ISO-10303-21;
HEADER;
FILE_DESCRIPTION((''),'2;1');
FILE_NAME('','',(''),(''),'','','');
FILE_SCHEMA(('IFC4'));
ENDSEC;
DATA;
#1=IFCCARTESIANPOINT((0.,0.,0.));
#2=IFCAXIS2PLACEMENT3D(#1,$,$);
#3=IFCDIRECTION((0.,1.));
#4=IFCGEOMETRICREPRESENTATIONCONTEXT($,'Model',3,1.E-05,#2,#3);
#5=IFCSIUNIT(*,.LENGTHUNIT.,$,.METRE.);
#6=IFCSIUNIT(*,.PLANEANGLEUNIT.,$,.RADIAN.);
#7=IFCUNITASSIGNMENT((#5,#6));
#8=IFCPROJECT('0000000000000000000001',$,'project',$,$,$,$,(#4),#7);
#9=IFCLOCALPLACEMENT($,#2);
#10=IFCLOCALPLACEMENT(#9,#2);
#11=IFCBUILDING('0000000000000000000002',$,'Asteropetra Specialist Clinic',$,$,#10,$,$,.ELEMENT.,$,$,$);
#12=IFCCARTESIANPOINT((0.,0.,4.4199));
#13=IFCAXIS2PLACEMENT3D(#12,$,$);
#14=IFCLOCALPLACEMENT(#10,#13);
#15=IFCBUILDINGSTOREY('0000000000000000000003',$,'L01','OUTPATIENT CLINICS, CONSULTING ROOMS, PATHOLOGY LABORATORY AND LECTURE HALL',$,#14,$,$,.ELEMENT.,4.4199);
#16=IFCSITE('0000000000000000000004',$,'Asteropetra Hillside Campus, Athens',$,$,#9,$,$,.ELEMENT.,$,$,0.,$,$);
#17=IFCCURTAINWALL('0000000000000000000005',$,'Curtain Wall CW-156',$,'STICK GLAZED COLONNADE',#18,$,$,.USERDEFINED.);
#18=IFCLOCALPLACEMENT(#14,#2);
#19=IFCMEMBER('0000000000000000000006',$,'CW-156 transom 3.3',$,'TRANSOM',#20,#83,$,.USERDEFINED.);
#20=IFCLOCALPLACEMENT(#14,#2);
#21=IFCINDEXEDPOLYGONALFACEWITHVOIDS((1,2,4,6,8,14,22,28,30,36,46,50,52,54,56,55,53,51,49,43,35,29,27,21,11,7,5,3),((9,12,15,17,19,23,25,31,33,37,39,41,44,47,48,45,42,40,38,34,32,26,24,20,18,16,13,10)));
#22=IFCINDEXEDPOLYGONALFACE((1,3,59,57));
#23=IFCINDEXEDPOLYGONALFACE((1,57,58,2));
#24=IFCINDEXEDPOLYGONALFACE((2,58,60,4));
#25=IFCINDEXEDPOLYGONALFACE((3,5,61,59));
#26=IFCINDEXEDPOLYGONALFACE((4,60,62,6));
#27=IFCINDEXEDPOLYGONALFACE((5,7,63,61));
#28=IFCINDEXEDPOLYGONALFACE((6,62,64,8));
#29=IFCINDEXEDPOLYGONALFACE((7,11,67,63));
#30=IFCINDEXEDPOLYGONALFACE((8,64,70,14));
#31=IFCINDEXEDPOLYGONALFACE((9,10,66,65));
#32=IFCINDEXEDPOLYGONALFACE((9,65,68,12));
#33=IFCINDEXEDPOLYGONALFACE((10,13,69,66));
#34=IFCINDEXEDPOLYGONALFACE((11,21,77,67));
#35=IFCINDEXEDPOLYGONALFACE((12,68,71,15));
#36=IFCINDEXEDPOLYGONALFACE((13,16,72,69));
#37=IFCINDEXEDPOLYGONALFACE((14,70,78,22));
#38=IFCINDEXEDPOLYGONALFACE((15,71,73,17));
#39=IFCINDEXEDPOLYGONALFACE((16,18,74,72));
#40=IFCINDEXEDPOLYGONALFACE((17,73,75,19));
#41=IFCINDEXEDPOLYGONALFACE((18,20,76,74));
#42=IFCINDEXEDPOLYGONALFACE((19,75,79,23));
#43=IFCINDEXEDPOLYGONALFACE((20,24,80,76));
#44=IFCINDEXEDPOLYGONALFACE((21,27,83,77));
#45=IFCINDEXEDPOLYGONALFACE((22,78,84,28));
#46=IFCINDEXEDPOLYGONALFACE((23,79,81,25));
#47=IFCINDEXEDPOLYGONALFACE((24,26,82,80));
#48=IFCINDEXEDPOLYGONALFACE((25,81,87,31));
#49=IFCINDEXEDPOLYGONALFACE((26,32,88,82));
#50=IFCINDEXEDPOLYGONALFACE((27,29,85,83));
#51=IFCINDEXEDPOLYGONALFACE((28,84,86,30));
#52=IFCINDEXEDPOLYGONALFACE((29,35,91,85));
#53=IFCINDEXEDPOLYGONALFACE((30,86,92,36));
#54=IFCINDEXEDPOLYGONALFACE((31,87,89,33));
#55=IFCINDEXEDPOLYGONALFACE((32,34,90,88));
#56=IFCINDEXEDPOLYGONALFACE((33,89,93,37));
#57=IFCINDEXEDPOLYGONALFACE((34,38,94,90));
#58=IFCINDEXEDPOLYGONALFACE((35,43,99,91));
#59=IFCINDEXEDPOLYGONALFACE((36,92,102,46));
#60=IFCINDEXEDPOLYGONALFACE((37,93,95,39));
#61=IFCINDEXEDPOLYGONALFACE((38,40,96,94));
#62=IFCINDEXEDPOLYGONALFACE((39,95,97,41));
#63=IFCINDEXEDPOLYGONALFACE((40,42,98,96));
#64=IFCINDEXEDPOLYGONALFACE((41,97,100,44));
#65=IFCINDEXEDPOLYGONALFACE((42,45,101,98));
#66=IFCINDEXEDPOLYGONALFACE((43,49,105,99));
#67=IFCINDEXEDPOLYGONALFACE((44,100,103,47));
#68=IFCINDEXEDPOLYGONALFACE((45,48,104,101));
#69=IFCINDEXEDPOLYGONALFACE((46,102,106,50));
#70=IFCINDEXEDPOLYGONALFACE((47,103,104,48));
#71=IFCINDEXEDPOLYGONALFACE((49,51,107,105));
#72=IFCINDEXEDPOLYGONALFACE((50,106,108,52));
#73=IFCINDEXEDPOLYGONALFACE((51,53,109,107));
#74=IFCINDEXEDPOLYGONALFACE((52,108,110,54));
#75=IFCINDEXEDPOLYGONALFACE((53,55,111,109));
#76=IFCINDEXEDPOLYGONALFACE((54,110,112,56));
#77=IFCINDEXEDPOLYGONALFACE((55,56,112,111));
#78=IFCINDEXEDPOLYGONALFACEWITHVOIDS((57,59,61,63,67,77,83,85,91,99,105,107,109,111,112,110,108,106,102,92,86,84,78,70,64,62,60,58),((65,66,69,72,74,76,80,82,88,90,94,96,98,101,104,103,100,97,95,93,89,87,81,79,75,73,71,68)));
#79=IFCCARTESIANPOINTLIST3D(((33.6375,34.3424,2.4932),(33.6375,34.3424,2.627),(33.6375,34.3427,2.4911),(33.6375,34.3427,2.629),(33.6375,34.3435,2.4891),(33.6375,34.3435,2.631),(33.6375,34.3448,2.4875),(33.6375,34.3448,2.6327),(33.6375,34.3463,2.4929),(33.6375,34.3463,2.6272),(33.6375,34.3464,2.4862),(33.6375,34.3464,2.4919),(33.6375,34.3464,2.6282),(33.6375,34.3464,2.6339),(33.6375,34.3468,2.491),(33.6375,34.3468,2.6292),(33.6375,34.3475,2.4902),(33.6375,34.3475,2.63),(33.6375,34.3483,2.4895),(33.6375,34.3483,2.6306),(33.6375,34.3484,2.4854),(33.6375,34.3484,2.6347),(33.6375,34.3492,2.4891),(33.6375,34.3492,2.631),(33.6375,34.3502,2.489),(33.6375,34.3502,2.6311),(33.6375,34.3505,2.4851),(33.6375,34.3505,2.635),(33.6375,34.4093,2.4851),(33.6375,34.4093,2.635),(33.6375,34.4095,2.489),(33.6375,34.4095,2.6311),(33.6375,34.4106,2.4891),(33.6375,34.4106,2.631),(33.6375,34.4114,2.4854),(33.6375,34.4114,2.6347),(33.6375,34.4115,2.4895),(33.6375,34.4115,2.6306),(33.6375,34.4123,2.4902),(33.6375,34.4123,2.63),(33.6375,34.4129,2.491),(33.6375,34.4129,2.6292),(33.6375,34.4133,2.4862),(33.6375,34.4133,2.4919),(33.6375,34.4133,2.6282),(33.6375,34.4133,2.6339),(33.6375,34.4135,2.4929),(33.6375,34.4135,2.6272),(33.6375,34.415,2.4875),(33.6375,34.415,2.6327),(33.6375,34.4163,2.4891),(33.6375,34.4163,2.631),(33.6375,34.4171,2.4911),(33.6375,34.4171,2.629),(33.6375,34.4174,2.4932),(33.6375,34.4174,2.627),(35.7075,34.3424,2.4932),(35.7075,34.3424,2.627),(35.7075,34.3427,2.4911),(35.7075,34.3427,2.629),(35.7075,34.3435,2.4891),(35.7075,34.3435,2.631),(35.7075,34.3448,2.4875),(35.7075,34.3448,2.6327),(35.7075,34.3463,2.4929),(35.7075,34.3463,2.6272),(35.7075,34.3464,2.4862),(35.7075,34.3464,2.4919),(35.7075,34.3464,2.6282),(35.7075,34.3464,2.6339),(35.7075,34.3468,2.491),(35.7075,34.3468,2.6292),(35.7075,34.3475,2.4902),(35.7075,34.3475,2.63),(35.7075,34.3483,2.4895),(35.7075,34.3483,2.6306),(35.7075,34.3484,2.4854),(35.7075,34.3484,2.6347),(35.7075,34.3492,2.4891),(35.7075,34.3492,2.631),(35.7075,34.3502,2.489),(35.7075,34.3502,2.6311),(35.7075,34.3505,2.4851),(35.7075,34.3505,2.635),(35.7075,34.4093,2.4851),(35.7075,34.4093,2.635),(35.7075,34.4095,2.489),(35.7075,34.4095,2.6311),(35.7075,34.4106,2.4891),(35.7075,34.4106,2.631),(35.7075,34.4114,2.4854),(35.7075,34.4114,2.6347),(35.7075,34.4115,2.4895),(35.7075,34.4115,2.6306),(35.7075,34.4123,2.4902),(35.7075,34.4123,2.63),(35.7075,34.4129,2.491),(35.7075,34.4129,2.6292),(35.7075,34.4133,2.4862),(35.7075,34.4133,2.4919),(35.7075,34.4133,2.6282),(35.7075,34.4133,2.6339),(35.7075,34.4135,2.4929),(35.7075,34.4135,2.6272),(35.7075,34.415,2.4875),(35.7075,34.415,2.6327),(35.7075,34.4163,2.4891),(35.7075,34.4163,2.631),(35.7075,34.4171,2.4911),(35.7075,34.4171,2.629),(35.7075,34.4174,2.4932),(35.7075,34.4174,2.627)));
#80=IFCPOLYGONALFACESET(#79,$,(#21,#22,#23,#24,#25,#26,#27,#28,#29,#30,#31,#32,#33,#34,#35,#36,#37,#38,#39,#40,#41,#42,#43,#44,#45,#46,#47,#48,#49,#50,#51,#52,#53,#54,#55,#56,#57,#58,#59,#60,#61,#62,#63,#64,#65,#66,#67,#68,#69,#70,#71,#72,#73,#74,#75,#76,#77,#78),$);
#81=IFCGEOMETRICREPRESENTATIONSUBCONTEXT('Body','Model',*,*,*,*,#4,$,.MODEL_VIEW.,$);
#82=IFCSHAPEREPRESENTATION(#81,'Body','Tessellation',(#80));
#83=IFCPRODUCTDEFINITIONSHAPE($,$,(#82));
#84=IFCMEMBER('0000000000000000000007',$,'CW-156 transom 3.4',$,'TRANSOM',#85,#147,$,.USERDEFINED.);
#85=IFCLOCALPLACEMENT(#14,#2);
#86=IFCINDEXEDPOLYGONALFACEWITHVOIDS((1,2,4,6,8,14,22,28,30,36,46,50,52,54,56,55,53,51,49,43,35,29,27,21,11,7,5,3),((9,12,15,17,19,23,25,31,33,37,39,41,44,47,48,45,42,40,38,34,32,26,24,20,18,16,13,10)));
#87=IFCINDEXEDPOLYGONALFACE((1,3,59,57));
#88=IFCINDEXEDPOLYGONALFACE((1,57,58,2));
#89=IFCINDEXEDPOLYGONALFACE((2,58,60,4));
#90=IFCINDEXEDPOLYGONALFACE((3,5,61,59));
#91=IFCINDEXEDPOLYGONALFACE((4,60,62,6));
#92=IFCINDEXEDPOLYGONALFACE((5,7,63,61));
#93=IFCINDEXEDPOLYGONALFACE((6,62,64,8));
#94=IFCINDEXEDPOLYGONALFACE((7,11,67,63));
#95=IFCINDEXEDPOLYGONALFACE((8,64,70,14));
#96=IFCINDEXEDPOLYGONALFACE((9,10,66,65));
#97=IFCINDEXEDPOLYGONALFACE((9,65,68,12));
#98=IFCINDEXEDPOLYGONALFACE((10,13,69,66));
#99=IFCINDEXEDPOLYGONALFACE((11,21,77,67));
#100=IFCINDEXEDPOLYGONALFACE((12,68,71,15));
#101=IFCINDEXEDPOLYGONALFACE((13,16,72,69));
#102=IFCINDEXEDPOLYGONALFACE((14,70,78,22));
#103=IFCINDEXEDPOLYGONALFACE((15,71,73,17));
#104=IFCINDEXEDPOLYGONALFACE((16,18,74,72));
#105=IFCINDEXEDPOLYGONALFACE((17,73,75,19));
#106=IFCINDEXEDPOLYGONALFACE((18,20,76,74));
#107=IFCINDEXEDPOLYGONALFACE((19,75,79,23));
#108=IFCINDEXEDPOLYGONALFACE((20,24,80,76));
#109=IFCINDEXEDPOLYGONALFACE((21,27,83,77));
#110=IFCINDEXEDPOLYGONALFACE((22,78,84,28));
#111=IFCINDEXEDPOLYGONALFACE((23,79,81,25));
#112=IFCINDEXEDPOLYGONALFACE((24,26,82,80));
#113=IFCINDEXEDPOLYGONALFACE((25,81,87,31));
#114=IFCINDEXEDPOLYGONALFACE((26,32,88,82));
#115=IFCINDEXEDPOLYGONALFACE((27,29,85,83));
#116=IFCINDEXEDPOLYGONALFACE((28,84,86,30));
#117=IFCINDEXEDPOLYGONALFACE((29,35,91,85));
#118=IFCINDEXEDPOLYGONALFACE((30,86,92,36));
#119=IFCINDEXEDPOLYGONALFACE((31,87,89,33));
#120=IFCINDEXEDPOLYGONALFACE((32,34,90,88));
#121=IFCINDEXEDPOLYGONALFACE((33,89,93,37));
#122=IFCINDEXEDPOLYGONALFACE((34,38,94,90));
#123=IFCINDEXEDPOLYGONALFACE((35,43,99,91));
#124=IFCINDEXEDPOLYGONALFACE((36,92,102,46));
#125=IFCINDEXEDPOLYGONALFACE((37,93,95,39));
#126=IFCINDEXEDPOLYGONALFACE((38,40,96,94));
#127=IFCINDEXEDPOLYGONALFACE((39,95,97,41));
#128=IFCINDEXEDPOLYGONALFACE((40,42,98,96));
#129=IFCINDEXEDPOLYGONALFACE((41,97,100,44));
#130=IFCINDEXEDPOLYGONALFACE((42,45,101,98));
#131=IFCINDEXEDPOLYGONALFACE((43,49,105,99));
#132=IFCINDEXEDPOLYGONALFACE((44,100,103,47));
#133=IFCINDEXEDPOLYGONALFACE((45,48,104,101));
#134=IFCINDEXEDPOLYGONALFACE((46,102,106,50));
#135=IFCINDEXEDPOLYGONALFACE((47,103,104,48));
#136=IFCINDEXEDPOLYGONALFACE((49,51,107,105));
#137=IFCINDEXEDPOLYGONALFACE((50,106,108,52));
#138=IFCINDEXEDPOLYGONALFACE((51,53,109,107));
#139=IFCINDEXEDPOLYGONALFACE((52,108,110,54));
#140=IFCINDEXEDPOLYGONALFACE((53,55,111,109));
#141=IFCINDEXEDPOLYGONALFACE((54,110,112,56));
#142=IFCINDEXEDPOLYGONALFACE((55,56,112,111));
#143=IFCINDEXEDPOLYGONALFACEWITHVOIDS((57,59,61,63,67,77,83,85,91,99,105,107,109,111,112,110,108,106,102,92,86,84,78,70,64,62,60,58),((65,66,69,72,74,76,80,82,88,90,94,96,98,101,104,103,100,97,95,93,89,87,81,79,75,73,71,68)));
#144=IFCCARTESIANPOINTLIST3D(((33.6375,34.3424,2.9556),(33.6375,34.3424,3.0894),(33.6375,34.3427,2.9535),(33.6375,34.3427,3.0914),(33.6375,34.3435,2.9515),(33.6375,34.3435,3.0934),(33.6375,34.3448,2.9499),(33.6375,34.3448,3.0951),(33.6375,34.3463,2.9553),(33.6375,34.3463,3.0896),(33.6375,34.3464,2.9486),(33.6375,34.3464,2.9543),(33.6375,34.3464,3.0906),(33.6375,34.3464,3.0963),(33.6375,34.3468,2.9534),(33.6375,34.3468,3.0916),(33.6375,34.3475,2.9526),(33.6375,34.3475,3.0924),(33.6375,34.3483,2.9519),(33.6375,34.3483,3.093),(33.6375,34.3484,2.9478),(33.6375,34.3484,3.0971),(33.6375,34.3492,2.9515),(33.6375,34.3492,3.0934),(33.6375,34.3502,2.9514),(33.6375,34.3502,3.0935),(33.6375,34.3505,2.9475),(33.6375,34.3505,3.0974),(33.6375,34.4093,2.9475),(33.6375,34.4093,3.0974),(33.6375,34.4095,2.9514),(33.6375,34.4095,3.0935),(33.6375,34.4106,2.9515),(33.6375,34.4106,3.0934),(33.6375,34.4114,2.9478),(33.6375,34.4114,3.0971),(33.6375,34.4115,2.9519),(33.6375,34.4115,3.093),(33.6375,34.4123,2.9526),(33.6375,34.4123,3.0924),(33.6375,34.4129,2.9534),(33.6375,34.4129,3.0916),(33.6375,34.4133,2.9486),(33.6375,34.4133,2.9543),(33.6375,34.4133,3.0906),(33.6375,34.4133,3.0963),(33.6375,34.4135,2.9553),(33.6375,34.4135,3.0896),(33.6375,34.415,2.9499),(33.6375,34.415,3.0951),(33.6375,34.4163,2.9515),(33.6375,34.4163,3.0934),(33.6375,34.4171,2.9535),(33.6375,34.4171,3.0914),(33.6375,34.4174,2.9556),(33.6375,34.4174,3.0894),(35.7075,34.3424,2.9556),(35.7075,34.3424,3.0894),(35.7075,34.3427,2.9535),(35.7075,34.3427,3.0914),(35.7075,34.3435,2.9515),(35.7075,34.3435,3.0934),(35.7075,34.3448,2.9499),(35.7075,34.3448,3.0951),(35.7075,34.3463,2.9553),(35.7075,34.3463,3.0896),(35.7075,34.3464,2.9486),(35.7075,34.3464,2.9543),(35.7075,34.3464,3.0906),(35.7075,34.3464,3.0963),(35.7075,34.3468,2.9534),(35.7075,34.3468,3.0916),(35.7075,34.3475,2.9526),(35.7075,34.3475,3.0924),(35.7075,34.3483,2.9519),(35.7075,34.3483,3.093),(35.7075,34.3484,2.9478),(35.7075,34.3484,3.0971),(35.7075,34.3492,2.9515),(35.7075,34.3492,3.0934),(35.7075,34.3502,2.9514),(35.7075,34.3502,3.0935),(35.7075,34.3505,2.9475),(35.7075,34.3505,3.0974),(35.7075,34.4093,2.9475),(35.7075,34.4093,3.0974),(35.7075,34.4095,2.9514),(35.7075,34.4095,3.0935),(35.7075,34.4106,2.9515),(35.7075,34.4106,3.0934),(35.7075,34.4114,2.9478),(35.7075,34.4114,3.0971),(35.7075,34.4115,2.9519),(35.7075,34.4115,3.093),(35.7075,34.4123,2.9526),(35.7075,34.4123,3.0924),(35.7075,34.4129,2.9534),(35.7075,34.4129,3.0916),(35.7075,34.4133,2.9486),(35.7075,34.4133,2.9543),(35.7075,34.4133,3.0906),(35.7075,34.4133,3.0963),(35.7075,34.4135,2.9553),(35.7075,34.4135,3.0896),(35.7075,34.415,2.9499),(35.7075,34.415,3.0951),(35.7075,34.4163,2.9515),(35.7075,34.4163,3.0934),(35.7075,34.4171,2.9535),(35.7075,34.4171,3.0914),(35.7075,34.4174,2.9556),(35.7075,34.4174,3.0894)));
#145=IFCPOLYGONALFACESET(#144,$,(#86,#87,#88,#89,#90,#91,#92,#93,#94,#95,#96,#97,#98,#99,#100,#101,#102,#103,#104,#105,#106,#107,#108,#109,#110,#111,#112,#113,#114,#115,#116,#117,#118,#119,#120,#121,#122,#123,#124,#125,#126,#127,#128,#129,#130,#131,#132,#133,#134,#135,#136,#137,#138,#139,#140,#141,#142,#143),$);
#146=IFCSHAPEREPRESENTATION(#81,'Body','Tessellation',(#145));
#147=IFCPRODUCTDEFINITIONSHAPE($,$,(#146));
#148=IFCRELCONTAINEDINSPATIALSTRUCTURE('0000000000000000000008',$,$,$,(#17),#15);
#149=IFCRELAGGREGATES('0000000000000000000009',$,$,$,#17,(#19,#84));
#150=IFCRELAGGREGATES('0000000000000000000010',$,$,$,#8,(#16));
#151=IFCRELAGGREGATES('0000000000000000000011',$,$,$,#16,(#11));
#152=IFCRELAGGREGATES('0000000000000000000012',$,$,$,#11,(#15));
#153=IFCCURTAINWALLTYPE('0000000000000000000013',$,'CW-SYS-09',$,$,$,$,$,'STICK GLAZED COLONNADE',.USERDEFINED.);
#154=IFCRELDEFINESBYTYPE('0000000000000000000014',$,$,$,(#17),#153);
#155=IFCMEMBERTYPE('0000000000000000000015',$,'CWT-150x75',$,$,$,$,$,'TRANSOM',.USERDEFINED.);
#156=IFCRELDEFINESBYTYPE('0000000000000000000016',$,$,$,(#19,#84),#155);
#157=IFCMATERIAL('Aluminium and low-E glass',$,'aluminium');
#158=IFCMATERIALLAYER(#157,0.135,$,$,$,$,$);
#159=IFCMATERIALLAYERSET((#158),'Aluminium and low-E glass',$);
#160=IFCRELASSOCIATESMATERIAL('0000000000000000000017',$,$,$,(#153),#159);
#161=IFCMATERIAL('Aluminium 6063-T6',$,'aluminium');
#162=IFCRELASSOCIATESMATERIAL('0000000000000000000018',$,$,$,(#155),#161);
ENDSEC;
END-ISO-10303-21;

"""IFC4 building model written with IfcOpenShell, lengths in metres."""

from ifc_helpers import new_model, si_unit, direction, frame, origin, origin_2d, place, context, subcontext, project, spatial, hollow_rectangle, extrude, material, layer, layer_set, material_profile, profile_set, type_object, element, aggregate, save


model = new_model("IFC4")

# Units and contexts
model_context = context("Model", 3, precision=1e-05, world=origin(), true_north=direction((0.0, 1.0)))
body_context = subcontext(model_context, "Body", "Model", "MODEL_VIEW")
ifc_project = project(units=[si_unit("LENGTHUNIT", "METRE"), si_unit("PLANEANGLEUNIT", "RADIAN")], contexts=[model_context])

# Site, building, storey
site_placement = place(None, origin())
site = spatial("IfcSite", under=ifc_project, at=site_placement, Name="Asteropetra Hillside Campus, Athens", CompositionType="ELEMENT", RefElevation=0.0)
building_placement = place(site_placement, origin())
building = spatial("IfcBuilding", under=site, at=building_placement, Name="Asteropetra Specialist Clinic", CompositionType="ELEMENT")
storey_placement = place(building_placement, frame((0.0, 0.0, 4.4199)))
storey = spatial("IfcBuildingStorey", under=building, at=storey_placement, Name="L01", Description="OUTPATIENT CLINICS, CONSULTING ROOMS, PATHOLOGY LABORATORY AND LECTURE HALL", CompositionType="ELEMENT", Elevation=4.4199)

# Curtain wall, members
ifc_material_1 = material(Name="Aluminium and low-E glass", Category="aluminium")
ifc_layer_1 = layer(ifc_material_1, 0.135)
ifc_layer_set_1 = layer_set([ifc_layer_1], Name="Aluminium and low-E glass")
curtain_wall_type = type_object("IfcCurtainWallType", Name="CW-SYS-09", ElementType="STICK GLAZED COLONNADE", PredefinedType="USERDEFINED", material=ifc_layer_set_1)
curtain_wall_placement = place(storey_placement, origin())
curtain_wall = element("IfcCurtainWall", 1, at=curtain_wall_placement, inside=storey, type_object=curtain_wall_type, Name="Curtain Wall CW-156", ObjectType="STICK GLAZED COLONNADE", PredefinedType="USERDEFINED")
ifc_material_2 = material(Name="Aluminium 6063-T6", Category="aluminium")
ifc_material_profile_1 = material_profile(ifc_material_2, hollow_rectangle(XDim=0.075, YDim=0.1499, WallThickness=0.0039, InnerFilletRadius=0.0039, OuterFilletRadius=0.0081, at=origin_2d()), Name="TRN 150x75x4.0")
ifc_profile_set_1 = profile_set([ifc_material_profile_1], Name="Aluminium 6063-T6")
member_type_1 = type_object("IfcMemberType", Name="CWT-150x75", ElementType="TRANSOM", PredefinedType="USERDEFINED", material=ifc_profile_set_1)
member_1_placement = place(storey_placement, frame((33.6375, 34.3799, 2.5601), z_axis=(1.0, 0.0, 0.0), x_axis=(0.0, 1.0, 0.0)))
member_1 = element("IfcMember", 2, at=member_1_placement, type_object=member_type_1, Name="CW-156 transom 3.3", ObjectType="TRANSOM", PredefinedType="USERDEFINED", context=body_context, shape_type="SweptSolid", body=[
    extrude(hollow_rectangle(XDim=0.075, YDim=0.1499, WallThickness=0.0039, InnerFilletRadius=0.0039, OuterFilletRadius=0.0081, at=origin_2d()), origin(), (0.0, 0.0, 1.0), 2.0701),
])
member_2_placement = place(storey_placement, frame((33.6375, 34.3799, 3.0225), z_axis=(1.0, 0.0, 0.0), x_axis=(0.0, 1.0, 0.0)))
member_2 = element("IfcMember", 3, at=member_2_placement, type_object=member_type_1, Name="CW-156 transom 3.4", ObjectType="TRANSOM", PredefinedType="USERDEFINED", context=body_context, shape_type="SweptSolid", body=[
    extrude(hollow_rectangle(XDim=0.075, YDim=0.1499, WallThickness=0.0039, InnerFilletRadius=0.0039, OuterFilletRadius=0.0081, at=origin_2d()), origin(), (0.0, 0.0, 1.0), 2.0701),
])

aggregate(curtain_wall, [member_1, member_2])

save(model, "model.ifc")
